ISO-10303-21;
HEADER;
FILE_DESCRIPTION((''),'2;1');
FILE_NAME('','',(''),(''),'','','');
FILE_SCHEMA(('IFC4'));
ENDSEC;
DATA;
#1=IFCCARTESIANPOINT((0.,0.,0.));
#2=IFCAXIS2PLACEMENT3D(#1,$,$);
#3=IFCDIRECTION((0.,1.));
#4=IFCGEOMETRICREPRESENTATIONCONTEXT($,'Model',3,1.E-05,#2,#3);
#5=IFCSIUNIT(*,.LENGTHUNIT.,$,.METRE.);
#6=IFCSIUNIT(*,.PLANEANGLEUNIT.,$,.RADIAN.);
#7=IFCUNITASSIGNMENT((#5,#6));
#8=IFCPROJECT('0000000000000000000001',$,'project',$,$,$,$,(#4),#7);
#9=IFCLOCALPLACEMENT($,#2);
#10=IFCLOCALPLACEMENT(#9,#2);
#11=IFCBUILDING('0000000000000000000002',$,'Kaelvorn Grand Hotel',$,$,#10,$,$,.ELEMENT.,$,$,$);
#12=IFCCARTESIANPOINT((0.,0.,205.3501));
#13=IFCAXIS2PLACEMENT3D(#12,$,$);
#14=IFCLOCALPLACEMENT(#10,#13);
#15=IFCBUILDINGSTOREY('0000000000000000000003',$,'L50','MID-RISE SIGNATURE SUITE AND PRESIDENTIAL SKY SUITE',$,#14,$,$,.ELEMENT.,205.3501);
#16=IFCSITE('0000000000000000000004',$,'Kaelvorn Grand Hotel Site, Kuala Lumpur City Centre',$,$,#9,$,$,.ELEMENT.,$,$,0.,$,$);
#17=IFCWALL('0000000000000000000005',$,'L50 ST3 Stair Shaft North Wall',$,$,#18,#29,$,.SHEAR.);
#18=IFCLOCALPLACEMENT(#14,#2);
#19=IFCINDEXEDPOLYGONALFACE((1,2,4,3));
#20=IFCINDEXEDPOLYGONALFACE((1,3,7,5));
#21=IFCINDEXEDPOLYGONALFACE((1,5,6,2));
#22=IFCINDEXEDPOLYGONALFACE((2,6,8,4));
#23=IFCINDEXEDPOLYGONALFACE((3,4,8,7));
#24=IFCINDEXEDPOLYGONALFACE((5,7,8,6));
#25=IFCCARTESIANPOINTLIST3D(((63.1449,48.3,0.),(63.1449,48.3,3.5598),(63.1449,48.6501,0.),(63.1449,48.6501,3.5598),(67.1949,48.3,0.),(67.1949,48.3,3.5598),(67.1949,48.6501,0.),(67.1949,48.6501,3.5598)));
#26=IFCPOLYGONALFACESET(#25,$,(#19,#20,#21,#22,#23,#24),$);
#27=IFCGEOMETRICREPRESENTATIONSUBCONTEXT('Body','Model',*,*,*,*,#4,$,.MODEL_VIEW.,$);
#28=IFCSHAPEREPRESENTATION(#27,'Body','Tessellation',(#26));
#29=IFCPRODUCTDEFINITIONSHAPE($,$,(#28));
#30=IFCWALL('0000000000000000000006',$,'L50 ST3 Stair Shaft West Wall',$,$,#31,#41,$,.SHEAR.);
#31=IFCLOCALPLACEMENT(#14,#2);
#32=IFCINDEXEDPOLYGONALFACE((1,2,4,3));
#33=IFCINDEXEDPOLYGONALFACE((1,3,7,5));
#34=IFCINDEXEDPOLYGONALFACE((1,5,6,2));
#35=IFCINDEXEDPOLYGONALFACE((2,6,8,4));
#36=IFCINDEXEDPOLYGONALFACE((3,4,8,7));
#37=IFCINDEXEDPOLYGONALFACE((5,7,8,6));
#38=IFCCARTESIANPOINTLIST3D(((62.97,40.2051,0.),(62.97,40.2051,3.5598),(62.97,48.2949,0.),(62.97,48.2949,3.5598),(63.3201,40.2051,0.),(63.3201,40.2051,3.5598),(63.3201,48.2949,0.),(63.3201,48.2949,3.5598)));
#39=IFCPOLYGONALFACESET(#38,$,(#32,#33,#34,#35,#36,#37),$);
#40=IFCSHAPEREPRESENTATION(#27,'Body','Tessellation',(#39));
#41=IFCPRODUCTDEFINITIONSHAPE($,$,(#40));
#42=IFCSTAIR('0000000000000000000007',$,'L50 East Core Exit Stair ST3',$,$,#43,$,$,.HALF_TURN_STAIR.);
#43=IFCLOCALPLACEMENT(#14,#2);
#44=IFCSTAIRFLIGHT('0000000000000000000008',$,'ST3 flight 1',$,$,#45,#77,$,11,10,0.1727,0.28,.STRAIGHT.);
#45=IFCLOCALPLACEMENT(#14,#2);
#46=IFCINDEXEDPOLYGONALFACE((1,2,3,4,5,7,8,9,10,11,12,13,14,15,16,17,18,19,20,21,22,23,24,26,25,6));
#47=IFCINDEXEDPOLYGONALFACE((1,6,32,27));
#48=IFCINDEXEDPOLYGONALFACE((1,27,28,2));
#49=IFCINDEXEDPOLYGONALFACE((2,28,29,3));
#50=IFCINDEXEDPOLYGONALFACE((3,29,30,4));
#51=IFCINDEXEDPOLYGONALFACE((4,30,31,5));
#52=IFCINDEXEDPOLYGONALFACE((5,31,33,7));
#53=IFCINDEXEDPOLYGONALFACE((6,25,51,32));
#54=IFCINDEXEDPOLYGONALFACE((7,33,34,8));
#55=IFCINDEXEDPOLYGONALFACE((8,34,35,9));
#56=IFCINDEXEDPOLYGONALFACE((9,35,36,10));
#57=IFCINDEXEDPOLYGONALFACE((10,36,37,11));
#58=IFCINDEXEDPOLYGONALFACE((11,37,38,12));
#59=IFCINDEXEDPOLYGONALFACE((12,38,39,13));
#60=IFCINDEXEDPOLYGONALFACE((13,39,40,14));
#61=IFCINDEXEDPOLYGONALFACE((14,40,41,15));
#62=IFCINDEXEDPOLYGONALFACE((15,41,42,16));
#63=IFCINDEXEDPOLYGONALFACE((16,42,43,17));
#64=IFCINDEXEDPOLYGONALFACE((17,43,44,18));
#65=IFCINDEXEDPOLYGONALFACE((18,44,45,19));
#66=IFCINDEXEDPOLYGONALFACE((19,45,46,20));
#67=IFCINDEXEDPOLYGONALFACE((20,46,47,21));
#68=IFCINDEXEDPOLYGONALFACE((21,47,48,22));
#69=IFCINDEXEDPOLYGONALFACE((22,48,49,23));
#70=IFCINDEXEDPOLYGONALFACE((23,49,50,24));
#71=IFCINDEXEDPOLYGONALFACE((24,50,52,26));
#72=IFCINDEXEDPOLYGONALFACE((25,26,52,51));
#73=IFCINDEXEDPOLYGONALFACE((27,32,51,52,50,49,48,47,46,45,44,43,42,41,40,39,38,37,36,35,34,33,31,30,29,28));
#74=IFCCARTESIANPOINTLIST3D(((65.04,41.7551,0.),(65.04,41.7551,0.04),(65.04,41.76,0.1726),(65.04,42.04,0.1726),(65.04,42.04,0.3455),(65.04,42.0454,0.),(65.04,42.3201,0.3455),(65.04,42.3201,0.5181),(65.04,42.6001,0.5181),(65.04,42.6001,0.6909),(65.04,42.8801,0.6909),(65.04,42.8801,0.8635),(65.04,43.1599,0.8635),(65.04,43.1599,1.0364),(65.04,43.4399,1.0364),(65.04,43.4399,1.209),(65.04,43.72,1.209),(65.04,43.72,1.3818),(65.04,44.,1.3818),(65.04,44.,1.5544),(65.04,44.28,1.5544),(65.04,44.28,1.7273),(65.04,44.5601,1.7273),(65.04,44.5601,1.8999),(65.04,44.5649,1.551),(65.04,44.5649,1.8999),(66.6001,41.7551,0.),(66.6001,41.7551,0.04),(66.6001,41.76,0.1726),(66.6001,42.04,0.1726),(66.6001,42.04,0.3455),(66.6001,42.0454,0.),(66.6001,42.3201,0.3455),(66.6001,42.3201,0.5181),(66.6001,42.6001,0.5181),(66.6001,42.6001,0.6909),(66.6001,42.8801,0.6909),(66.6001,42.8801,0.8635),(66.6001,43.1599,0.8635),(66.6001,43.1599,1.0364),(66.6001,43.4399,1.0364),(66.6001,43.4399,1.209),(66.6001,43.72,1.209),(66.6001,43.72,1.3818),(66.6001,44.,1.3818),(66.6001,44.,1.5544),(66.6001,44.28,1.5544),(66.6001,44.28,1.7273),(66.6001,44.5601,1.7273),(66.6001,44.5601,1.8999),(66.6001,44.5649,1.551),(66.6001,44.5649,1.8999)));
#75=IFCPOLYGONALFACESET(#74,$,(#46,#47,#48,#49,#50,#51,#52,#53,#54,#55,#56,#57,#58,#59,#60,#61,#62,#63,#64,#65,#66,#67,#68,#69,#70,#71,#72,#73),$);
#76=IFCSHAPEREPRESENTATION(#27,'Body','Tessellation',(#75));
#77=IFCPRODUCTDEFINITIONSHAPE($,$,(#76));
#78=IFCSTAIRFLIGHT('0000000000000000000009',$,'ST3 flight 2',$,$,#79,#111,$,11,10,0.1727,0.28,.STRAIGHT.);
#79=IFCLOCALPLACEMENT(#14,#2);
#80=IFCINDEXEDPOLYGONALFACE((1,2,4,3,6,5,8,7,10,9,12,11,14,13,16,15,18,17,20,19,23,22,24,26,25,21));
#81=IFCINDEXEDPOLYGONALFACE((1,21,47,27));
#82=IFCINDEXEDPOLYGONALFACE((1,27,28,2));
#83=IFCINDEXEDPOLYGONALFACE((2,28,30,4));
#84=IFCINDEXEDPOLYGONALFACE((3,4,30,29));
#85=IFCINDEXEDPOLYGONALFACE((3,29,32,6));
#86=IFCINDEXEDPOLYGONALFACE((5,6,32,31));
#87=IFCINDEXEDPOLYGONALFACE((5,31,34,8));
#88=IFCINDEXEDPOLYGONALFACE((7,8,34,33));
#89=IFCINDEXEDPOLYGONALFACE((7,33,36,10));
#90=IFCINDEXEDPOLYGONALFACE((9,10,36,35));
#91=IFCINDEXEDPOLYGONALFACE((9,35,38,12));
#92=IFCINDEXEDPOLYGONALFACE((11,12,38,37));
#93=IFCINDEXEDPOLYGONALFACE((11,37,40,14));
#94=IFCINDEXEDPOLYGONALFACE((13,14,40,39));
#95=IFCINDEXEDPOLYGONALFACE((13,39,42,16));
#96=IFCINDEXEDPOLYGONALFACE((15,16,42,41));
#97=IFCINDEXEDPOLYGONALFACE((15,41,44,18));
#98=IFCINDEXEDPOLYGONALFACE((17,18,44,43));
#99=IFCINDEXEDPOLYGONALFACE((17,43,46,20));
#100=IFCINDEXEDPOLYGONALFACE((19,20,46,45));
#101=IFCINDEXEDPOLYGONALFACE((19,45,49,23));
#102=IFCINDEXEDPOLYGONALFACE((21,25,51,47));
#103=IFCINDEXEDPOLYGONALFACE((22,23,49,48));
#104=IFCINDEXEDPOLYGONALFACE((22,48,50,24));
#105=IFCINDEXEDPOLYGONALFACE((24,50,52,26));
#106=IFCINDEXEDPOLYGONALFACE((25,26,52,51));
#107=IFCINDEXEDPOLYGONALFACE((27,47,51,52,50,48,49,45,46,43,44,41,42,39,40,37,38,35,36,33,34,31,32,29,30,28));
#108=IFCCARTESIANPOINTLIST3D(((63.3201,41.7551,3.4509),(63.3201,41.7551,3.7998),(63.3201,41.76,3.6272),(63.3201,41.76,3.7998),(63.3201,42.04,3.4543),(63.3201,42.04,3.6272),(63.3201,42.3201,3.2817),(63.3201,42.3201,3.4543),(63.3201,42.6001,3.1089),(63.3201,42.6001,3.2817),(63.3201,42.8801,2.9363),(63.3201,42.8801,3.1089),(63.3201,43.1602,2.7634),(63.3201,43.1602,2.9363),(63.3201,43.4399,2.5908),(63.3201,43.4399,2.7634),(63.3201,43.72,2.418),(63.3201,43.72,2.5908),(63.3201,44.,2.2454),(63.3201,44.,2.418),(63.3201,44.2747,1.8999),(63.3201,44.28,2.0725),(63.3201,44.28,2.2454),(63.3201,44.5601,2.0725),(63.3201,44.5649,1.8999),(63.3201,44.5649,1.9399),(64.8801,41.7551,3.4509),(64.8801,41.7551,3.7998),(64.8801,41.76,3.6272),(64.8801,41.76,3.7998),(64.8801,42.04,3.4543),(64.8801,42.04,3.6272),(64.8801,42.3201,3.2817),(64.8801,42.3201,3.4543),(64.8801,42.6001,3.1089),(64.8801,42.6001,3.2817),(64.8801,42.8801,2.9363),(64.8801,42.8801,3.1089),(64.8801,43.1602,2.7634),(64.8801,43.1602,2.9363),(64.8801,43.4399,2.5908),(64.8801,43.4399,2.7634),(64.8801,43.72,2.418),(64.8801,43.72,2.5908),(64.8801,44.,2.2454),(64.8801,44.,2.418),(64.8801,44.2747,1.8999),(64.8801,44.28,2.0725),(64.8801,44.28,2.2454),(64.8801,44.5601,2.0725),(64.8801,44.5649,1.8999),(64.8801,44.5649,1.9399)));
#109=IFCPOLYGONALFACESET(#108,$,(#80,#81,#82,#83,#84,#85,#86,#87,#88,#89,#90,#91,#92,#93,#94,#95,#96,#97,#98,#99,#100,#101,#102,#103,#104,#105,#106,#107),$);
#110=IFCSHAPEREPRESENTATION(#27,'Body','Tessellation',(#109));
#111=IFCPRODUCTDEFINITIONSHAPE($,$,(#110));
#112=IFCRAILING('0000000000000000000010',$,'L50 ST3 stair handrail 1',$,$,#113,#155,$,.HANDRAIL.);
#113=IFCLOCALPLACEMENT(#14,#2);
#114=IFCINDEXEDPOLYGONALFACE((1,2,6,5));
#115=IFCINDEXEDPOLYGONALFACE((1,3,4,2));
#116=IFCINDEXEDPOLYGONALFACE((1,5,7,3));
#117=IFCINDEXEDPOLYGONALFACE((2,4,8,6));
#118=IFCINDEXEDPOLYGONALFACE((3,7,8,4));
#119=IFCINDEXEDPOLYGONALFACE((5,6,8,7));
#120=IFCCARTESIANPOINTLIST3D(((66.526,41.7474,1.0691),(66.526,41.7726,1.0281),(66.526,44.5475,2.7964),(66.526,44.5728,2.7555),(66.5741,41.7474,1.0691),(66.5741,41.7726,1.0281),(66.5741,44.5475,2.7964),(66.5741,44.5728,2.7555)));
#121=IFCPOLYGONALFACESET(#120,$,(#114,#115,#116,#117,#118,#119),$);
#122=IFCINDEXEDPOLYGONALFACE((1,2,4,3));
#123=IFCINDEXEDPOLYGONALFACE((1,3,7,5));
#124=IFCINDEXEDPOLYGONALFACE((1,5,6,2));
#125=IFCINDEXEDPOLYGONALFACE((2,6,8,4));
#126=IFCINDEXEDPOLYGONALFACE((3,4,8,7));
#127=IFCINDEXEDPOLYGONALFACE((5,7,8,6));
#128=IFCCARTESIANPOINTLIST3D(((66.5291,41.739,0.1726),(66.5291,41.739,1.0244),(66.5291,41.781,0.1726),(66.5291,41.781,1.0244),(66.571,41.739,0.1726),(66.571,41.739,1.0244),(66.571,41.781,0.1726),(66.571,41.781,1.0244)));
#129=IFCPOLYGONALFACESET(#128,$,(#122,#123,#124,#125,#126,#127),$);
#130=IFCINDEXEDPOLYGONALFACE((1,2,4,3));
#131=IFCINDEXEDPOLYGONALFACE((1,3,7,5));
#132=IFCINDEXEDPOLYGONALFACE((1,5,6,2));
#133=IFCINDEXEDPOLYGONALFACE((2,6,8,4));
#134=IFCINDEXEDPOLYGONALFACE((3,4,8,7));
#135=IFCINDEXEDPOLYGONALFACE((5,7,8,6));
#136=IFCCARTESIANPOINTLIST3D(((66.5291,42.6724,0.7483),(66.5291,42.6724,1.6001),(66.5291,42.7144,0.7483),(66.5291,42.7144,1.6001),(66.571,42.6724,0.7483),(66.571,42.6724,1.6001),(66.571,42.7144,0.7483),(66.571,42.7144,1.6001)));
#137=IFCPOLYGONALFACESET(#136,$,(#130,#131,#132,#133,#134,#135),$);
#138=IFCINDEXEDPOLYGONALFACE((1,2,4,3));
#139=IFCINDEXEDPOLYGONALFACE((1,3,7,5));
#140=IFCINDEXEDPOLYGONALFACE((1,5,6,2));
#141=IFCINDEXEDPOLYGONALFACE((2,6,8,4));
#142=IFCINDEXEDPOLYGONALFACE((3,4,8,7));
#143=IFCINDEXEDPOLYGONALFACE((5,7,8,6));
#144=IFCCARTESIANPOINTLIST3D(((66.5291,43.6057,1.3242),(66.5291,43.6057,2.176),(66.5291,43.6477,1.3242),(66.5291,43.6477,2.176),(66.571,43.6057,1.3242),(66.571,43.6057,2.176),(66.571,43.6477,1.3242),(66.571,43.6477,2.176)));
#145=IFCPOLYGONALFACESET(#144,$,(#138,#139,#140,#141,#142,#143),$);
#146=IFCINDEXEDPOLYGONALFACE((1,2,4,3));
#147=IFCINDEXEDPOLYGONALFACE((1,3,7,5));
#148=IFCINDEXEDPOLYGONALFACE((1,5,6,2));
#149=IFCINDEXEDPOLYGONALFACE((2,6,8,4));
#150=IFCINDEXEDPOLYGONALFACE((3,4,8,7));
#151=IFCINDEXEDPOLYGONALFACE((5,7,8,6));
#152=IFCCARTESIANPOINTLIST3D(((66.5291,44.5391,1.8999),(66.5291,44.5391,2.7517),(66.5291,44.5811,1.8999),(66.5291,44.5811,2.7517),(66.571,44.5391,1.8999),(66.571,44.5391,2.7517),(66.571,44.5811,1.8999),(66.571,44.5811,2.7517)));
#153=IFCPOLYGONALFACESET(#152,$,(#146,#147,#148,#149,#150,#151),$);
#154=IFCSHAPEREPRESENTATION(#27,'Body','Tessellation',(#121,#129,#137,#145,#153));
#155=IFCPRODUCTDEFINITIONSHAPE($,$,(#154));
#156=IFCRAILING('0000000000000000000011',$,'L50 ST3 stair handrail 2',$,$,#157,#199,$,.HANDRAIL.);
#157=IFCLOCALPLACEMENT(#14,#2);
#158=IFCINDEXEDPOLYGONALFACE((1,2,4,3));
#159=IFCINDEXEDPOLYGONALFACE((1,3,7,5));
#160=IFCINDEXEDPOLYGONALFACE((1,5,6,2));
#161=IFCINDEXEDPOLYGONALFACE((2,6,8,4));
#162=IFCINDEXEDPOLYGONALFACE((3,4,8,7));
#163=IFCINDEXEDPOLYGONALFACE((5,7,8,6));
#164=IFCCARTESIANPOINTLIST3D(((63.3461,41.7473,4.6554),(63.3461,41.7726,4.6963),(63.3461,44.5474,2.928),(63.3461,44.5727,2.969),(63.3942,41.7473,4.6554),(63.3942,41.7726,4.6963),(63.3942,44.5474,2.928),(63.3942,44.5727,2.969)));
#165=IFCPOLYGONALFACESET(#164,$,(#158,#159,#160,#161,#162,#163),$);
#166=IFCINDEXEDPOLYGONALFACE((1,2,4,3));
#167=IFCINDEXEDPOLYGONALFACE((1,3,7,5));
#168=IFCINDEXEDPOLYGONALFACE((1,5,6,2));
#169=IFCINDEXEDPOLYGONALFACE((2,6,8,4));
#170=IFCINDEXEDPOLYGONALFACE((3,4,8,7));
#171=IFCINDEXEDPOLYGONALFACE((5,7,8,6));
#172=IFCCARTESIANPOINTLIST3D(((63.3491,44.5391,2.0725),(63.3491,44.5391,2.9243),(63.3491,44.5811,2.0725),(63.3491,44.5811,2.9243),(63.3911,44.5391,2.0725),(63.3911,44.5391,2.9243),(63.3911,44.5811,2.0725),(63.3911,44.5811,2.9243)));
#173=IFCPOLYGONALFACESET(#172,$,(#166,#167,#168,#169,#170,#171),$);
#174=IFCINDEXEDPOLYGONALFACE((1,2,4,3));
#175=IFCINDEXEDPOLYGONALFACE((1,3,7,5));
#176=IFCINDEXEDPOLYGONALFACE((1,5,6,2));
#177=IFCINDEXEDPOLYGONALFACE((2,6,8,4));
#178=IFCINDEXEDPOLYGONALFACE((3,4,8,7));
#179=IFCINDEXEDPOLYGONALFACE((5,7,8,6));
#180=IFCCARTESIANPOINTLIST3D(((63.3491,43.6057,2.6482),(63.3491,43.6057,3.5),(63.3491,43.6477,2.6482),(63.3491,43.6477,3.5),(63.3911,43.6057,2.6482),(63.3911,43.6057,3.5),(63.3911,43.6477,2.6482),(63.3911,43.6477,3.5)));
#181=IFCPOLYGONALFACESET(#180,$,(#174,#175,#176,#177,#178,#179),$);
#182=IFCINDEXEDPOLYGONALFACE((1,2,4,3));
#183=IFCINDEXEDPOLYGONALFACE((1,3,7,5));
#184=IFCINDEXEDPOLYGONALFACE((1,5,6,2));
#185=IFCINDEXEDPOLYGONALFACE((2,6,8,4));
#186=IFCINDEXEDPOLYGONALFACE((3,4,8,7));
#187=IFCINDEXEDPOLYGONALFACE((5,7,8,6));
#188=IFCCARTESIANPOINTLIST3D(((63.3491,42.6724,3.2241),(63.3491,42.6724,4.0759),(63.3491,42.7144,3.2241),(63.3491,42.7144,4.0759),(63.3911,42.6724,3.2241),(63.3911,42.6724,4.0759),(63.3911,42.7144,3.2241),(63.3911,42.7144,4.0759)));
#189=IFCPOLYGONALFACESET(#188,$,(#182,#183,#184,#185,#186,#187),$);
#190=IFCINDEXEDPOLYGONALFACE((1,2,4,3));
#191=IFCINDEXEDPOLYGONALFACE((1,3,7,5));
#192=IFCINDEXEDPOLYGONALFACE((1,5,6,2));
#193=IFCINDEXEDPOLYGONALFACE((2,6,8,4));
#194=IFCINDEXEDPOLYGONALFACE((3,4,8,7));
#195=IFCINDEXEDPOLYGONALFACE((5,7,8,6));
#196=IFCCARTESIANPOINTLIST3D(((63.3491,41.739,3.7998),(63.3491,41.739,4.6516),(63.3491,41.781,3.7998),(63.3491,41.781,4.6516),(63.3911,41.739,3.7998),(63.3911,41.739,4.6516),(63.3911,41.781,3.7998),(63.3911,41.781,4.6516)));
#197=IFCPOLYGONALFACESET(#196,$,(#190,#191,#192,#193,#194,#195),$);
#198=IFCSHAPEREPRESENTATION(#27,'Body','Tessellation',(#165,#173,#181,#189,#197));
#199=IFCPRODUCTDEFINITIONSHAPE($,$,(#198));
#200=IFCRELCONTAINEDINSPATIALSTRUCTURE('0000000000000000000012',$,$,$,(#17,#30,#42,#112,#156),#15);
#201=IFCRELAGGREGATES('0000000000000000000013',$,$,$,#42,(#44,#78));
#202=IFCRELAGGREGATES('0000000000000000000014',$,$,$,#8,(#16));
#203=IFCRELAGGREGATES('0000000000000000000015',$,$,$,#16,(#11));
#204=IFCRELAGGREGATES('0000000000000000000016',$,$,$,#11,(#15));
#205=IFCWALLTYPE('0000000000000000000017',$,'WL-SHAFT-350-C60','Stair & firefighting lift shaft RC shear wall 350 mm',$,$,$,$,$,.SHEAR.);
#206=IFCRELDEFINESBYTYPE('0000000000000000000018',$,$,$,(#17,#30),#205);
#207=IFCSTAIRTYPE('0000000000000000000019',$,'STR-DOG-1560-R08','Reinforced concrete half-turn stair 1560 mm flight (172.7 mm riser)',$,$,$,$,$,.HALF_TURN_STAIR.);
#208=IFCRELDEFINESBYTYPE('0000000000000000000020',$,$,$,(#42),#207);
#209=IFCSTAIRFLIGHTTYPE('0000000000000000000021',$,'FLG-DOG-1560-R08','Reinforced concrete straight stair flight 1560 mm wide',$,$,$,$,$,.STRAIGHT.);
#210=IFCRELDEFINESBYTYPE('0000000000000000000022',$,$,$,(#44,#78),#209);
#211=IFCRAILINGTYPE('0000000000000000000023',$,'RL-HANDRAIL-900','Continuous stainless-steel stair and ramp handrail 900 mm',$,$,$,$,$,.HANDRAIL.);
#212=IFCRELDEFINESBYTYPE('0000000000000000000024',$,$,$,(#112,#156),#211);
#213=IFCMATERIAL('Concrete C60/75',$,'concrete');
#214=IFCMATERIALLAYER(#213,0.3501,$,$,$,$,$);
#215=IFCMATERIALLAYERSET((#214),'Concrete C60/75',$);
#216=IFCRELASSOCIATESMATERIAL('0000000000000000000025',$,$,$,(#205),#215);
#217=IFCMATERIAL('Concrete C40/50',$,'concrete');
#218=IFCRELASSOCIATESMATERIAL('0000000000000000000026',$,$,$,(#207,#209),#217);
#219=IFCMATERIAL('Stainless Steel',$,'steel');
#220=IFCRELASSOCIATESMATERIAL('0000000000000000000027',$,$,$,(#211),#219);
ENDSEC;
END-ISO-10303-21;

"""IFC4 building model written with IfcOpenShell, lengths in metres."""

from ifc_helpers import new_model, si_unit, direction, frame, frame_2d, origin, origin_2d, place, context, subcontext, project, spatial, polyline, rectangle, outline, extrude, material, layer, layer_set, type_object, element, aggregate, save


model = new_model("IFC4")

# Units and contexts
model_context = context("Model", 3, precision=1e-05, world=origin(), true_north=direction((0.0, 1.0)))
body_context = subcontext(model_context, "Body", "Model", "MODEL_VIEW")
ifc_project = project(units=[si_unit("LENGTHUNIT", "METRE"), si_unit("PLANEANGLEUNIT", "RADIAN")], contexts=[model_context])

# Site, building, storey
site_placement = place(None, origin())
site = spatial("IfcSite", under=ifc_project, at=site_placement, Name="Kaelvorn Grand Hotel Site, Kuala Lumpur City Centre", CompositionType="ELEMENT", RefElevation=0.0)
building_placement = place(site_placement, origin())
building = spatial("IfcBuilding", under=site, at=building_placement, Name="Kaelvorn Grand Hotel", CompositionType="ELEMENT")
storey_placement = place(building_placement, frame((0.0, 0.0, 205.3501)))
storey = spatial("IfcBuildingStorey", under=building, at=storey_placement, Name="L50", Description="MID-RISE SIGNATURE SUITE AND PRESIDENTIAL SKY SUITE", CompositionType="ELEMENT", Elevation=205.3501)

# Shared definitions
ifc_material_1 = material(Name="Concrete C60/75", Category="concrete")

# Shared definitions
ifc_material_2 = material(Name="Concrete C40/50", Category="concrete")

# Shared definitions
ifc_material_3 = material(Name="Stainless Steel", Category="steel")

# Shared definitions
ifc_layer_1 = layer(ifc_material_1, 0.3501)
ifc_layer_set_1 = layer_set([ifc_layer_1], Name="Concrete C60/75")
wall_type_1 = type_object("IfcWallType", Name="WL-SHAFT-350-C60", Description="Stair & firefighting lift shaft RC shear wall 350 mm", PredefinedType="SHEAR", material=ifc_layer_set_1)

# Walls
wall_1_placement = place(storey_placement, frame((63.145, 48.4751, 0.0), z_axis=(0.0, 0.0, 1.0), x_axis=(1.0, 0.0, 0.0)))
element("IfcWall", 1, at=wall_1_placement, inside=storey, type_object=wall_type_1, Name="L50 ST3 Stair Shaft North Wall", PredefinedType="SHEAR", context=body_context, shape_type="SweptSolid", body=[
    extrude(rectangle(XDim=4.05, YDim=0.3501, at=frame_2d((2.0249, 0.0))), origin(), (0.0, 0.0, 1.0), 3.5598),
])
wall_2_placement = place(storey_placement, frame((63.145, 40.2051, 0.0), z_axis=(0.0, 0.0, 1.0), x_axis=(0.0, 1.0, 0.0)))
element("IfcWall", 2, at=wall_2_placement, inside=storey, type_object=wall_type_1, Name="L50 ST3 Stair Shaft West Wall", PredefinedType="SHEAR", context=body_context, shape_type="SweptSolid", body=[
    extrude(rectangle(XDim=8.0898, YDim=0.3501, at=frame_2d((4.0449, 0.0))), origin(), (0.0, 0.0, 1.0), 3.5598),
])

# Stair, stair flights
stair_type = type_object("IfcStairType", Name="STR-DOG-1560-R08", Description="Reinforced concrete half-turn stair 1560 mm flight (172.7 mm riser)", PredefinedType="HALF_TURN_STAIR", material=ifc_material_2)
stair_placement = place(storey_placement, origin())
stair = element("IfcStair", 3, at=stair_placement, inside=storey, type_object=stair_type, Name="L50 East Core Exit Stair ST3", PredefinedType="HALF_TURN_STAIR")
stair_flight_type = type_object("IfcStairFlightType", Name="FLG-DOG-1560-R08", Description="Reinforced concrete straight stair flight 1560 mm wide", PredefinedType="STRAIGHT", material=ifc_material_2)
stair_flight_1_placement = place(storey_placement, frame((65.8201, 41.76, 0.0), z_axis=(0.0, 0.0, 1.0), x_axis=(0.0, 1.0, 0.0)))
stair_flight_1 = element("IfcStairFlight", 4, at=stair_flight_1_placement, type_object=stair_flight_type, Name="ST3 flight 1", NumberOfRisers=11, NumberOfTreads=10, PredefinedType="STRAIGHT", RiserHeight=0.1727, TreadLength=0.28, context=body_context, shape_type="SweptSolid", body=[
    extrude(outline(polyline([(-0.0049, 0.0), (-0.0049, 0.04), (0.0, 0.1726), (0.28, 0.1726), (0.28, 0.3455), (0.5601, 0.3455), (0.5601, 0.5181), (0.8401, 0.5181), (0.8401, 0.6909), (1.1201, 0.6909), (1.1201, 0.8635), (1.3999, 0.8635), (1.3999, 1.0364), (1.6799, 1.0364), (1.6799, 1.209), (1.96, 1.209), (1.96, 1.3818), (2.24, 1.3818), (2.24, 1.5544), (2.52, 1.5544), (2.52, 1.7273), (2.8, 1.7273), (2.8, 1.8999), (2.8049, 1.8999), (2.8049, 1.551), (0.2854, 0.0), (-0.0049, 0.0)])), frame((0.0, 0.78, 0.0), z_axis=(0.0, -1.0, 0.0), x_axis=(1.0, 0.0, 0.0)), (0.0, 0.0, 1.0), 1.5601),
])
stair_flight_2_placement = place(storey_placement, frame((64.1001, 44.5601, 1.8999), z_axis=(0.0, 0.0, 1.0), x_axis=(0.0, -1.0, 0.0)))
stair_flight_2 = element("IfcStairFlight", 5, at=stair_flight_2_placement, type_object=stair_flight_type, Name="ST3 flight 2", NumberOfRisers=11, NumberOfTreads=10, PredefinedType="STRAIGHT", RiserHeight=0.1727, TreadLength=0.28, context=body_context, shape_type="SweptSolid", body=[
    extrude(outline(polyline([(-0.0049, 0.0), (-0.0049, 0.04), (0.0, 0.1726), (0.28, 0.1726), (0.28, 0.3455), (0.5601, 0.3455), (0.5601, 0.5181), (0.8401, 0.5181), (0.8401, 0.6909), (1.1201, 0.6909), (1.1201, 0.8635), (1.3999, 0.8635), (1.3999, 1.0364), (1.6799, 1.0364), (1.6799, 1.209), (1.96, 1.209), (1.96, 1.3818), (2.24, 1.3818), (2.24, 1.5544), (2.52, 1.5544), (2.52, 1.7273), (2.8, 1.7273), (2.8, 1.8999), (2.8049, 1.8999), (2.8049, 1.551), (0.2854, 0.0), (-0.0049, 0.0)])), frame((0.0, 0.78, 0.0), z_axis=(0.0, -1.0, 0.0), x_axis=(1.0, 0.0, 0.0)), (0.0, 0.0, 1.0), 1.5601),
])
aggregate(stair, [stair_flight_1, stair_flight_2])

# Railings
railing_type_1 = type_object("IfcRailingType", Name="RL-HANDRAIL-900", Description="Continuous stainless-steel stair and ramp handrail 900 mm", PredefinedType="HANDRAIL", material=ifc_material_3)
railing_1_placement = place(storey_placement, frame((66.55, 41.76, 0.1726)))
element("IfcRailing", 6, at=railing_1_placement, inside=storey, type_object=railing_type_1, Name="L50 ST3 stair handrail 1", PredefinedType="HANDRAIL", context=body_context, shape_type="SweptSolid", body=[
    extrude(rectangle(XDim=0.0481, YDim=0.0481, at=origin_2d()), frame((0.0, 0.0, 0.876), z_axis=(0.0, 0.85109, 0.52502), x_axis=(-1.0, 0.0, 0.0)), (0.0, 0.0, 1.0), 3.29),
    extrude(rectangle(XDim=0.042, YDim=0.042, at=origin_2d()), origin(), (0.0, 0.0, 1.0), 0.8518),
    extrude(rectangle(XDim=0.042, YDim=0.042, at=origin_2d()), frame((0.0, 0.9333, 0.5757)), (0.0, 0.0, 1.0), 0.8518),
    extrude(rectangle(XDim=0.042, YDim=0.042, at=origin_2d()), frame((0.0, 1.8667, 1.1516)), (0.0, 0.0, 1.0), 0.8518),
    extrude(rectangle(XDim=0.042, YDim=0.042, at=origin_2d()), frame((0.0, 2.8, 1.7273)), (0.0, 0.0, 1.0), 0.8518),
])
railing_2_placement = place(storey_placement, frame((63.3701, 44.5601, 2.0725)))
element("IfcRailing", 7, at=railing_2_placement, inside=storey, type_object=railing_type_1, Name="L50 ST3 stair handrail 2", PredefinedType="HANDRAIL", context=body_context, shape_type="SweptSolid", body=[
    extrude(rectangle(XDim=0.0481, YDim=0.0481, at=origin_2d()), frame((0.0, 0.0, 0.876), z_axis=(0.0, -0.85109, 0.52502), x_axis=(1.0, 0.0, 0.0)), (0.0, 0.0, 1.0), 3.29),
    extrude(rectangle(XDim=0.042, YDim=0.042, at=origin_2d()), origin(), (0.0, 0.0, 1.0), 0.8518),
    extrude(rectangle(XDim=0.042, YDim=0.042, at=origin_2d()), frame((0.0, -0.9333, 0.5757)), (0.0, 0.0, 1.0), 0.8518),
    extrude(rectangle(XDim=0.042, YDim=0.042, at=origin_2d()), frame((0.0, -1.8667, 1.1516)), (0.0, 0.0, 1.0), 0.8518),
    extrude(rectangle(XDim=0.042, YDim=0.042, at=origin_2d()), frame((0.0, -2.8, 1.7273)), (0.0, 0.0, 1.0), 0.8518),
])

save(model, "model.ifc")
